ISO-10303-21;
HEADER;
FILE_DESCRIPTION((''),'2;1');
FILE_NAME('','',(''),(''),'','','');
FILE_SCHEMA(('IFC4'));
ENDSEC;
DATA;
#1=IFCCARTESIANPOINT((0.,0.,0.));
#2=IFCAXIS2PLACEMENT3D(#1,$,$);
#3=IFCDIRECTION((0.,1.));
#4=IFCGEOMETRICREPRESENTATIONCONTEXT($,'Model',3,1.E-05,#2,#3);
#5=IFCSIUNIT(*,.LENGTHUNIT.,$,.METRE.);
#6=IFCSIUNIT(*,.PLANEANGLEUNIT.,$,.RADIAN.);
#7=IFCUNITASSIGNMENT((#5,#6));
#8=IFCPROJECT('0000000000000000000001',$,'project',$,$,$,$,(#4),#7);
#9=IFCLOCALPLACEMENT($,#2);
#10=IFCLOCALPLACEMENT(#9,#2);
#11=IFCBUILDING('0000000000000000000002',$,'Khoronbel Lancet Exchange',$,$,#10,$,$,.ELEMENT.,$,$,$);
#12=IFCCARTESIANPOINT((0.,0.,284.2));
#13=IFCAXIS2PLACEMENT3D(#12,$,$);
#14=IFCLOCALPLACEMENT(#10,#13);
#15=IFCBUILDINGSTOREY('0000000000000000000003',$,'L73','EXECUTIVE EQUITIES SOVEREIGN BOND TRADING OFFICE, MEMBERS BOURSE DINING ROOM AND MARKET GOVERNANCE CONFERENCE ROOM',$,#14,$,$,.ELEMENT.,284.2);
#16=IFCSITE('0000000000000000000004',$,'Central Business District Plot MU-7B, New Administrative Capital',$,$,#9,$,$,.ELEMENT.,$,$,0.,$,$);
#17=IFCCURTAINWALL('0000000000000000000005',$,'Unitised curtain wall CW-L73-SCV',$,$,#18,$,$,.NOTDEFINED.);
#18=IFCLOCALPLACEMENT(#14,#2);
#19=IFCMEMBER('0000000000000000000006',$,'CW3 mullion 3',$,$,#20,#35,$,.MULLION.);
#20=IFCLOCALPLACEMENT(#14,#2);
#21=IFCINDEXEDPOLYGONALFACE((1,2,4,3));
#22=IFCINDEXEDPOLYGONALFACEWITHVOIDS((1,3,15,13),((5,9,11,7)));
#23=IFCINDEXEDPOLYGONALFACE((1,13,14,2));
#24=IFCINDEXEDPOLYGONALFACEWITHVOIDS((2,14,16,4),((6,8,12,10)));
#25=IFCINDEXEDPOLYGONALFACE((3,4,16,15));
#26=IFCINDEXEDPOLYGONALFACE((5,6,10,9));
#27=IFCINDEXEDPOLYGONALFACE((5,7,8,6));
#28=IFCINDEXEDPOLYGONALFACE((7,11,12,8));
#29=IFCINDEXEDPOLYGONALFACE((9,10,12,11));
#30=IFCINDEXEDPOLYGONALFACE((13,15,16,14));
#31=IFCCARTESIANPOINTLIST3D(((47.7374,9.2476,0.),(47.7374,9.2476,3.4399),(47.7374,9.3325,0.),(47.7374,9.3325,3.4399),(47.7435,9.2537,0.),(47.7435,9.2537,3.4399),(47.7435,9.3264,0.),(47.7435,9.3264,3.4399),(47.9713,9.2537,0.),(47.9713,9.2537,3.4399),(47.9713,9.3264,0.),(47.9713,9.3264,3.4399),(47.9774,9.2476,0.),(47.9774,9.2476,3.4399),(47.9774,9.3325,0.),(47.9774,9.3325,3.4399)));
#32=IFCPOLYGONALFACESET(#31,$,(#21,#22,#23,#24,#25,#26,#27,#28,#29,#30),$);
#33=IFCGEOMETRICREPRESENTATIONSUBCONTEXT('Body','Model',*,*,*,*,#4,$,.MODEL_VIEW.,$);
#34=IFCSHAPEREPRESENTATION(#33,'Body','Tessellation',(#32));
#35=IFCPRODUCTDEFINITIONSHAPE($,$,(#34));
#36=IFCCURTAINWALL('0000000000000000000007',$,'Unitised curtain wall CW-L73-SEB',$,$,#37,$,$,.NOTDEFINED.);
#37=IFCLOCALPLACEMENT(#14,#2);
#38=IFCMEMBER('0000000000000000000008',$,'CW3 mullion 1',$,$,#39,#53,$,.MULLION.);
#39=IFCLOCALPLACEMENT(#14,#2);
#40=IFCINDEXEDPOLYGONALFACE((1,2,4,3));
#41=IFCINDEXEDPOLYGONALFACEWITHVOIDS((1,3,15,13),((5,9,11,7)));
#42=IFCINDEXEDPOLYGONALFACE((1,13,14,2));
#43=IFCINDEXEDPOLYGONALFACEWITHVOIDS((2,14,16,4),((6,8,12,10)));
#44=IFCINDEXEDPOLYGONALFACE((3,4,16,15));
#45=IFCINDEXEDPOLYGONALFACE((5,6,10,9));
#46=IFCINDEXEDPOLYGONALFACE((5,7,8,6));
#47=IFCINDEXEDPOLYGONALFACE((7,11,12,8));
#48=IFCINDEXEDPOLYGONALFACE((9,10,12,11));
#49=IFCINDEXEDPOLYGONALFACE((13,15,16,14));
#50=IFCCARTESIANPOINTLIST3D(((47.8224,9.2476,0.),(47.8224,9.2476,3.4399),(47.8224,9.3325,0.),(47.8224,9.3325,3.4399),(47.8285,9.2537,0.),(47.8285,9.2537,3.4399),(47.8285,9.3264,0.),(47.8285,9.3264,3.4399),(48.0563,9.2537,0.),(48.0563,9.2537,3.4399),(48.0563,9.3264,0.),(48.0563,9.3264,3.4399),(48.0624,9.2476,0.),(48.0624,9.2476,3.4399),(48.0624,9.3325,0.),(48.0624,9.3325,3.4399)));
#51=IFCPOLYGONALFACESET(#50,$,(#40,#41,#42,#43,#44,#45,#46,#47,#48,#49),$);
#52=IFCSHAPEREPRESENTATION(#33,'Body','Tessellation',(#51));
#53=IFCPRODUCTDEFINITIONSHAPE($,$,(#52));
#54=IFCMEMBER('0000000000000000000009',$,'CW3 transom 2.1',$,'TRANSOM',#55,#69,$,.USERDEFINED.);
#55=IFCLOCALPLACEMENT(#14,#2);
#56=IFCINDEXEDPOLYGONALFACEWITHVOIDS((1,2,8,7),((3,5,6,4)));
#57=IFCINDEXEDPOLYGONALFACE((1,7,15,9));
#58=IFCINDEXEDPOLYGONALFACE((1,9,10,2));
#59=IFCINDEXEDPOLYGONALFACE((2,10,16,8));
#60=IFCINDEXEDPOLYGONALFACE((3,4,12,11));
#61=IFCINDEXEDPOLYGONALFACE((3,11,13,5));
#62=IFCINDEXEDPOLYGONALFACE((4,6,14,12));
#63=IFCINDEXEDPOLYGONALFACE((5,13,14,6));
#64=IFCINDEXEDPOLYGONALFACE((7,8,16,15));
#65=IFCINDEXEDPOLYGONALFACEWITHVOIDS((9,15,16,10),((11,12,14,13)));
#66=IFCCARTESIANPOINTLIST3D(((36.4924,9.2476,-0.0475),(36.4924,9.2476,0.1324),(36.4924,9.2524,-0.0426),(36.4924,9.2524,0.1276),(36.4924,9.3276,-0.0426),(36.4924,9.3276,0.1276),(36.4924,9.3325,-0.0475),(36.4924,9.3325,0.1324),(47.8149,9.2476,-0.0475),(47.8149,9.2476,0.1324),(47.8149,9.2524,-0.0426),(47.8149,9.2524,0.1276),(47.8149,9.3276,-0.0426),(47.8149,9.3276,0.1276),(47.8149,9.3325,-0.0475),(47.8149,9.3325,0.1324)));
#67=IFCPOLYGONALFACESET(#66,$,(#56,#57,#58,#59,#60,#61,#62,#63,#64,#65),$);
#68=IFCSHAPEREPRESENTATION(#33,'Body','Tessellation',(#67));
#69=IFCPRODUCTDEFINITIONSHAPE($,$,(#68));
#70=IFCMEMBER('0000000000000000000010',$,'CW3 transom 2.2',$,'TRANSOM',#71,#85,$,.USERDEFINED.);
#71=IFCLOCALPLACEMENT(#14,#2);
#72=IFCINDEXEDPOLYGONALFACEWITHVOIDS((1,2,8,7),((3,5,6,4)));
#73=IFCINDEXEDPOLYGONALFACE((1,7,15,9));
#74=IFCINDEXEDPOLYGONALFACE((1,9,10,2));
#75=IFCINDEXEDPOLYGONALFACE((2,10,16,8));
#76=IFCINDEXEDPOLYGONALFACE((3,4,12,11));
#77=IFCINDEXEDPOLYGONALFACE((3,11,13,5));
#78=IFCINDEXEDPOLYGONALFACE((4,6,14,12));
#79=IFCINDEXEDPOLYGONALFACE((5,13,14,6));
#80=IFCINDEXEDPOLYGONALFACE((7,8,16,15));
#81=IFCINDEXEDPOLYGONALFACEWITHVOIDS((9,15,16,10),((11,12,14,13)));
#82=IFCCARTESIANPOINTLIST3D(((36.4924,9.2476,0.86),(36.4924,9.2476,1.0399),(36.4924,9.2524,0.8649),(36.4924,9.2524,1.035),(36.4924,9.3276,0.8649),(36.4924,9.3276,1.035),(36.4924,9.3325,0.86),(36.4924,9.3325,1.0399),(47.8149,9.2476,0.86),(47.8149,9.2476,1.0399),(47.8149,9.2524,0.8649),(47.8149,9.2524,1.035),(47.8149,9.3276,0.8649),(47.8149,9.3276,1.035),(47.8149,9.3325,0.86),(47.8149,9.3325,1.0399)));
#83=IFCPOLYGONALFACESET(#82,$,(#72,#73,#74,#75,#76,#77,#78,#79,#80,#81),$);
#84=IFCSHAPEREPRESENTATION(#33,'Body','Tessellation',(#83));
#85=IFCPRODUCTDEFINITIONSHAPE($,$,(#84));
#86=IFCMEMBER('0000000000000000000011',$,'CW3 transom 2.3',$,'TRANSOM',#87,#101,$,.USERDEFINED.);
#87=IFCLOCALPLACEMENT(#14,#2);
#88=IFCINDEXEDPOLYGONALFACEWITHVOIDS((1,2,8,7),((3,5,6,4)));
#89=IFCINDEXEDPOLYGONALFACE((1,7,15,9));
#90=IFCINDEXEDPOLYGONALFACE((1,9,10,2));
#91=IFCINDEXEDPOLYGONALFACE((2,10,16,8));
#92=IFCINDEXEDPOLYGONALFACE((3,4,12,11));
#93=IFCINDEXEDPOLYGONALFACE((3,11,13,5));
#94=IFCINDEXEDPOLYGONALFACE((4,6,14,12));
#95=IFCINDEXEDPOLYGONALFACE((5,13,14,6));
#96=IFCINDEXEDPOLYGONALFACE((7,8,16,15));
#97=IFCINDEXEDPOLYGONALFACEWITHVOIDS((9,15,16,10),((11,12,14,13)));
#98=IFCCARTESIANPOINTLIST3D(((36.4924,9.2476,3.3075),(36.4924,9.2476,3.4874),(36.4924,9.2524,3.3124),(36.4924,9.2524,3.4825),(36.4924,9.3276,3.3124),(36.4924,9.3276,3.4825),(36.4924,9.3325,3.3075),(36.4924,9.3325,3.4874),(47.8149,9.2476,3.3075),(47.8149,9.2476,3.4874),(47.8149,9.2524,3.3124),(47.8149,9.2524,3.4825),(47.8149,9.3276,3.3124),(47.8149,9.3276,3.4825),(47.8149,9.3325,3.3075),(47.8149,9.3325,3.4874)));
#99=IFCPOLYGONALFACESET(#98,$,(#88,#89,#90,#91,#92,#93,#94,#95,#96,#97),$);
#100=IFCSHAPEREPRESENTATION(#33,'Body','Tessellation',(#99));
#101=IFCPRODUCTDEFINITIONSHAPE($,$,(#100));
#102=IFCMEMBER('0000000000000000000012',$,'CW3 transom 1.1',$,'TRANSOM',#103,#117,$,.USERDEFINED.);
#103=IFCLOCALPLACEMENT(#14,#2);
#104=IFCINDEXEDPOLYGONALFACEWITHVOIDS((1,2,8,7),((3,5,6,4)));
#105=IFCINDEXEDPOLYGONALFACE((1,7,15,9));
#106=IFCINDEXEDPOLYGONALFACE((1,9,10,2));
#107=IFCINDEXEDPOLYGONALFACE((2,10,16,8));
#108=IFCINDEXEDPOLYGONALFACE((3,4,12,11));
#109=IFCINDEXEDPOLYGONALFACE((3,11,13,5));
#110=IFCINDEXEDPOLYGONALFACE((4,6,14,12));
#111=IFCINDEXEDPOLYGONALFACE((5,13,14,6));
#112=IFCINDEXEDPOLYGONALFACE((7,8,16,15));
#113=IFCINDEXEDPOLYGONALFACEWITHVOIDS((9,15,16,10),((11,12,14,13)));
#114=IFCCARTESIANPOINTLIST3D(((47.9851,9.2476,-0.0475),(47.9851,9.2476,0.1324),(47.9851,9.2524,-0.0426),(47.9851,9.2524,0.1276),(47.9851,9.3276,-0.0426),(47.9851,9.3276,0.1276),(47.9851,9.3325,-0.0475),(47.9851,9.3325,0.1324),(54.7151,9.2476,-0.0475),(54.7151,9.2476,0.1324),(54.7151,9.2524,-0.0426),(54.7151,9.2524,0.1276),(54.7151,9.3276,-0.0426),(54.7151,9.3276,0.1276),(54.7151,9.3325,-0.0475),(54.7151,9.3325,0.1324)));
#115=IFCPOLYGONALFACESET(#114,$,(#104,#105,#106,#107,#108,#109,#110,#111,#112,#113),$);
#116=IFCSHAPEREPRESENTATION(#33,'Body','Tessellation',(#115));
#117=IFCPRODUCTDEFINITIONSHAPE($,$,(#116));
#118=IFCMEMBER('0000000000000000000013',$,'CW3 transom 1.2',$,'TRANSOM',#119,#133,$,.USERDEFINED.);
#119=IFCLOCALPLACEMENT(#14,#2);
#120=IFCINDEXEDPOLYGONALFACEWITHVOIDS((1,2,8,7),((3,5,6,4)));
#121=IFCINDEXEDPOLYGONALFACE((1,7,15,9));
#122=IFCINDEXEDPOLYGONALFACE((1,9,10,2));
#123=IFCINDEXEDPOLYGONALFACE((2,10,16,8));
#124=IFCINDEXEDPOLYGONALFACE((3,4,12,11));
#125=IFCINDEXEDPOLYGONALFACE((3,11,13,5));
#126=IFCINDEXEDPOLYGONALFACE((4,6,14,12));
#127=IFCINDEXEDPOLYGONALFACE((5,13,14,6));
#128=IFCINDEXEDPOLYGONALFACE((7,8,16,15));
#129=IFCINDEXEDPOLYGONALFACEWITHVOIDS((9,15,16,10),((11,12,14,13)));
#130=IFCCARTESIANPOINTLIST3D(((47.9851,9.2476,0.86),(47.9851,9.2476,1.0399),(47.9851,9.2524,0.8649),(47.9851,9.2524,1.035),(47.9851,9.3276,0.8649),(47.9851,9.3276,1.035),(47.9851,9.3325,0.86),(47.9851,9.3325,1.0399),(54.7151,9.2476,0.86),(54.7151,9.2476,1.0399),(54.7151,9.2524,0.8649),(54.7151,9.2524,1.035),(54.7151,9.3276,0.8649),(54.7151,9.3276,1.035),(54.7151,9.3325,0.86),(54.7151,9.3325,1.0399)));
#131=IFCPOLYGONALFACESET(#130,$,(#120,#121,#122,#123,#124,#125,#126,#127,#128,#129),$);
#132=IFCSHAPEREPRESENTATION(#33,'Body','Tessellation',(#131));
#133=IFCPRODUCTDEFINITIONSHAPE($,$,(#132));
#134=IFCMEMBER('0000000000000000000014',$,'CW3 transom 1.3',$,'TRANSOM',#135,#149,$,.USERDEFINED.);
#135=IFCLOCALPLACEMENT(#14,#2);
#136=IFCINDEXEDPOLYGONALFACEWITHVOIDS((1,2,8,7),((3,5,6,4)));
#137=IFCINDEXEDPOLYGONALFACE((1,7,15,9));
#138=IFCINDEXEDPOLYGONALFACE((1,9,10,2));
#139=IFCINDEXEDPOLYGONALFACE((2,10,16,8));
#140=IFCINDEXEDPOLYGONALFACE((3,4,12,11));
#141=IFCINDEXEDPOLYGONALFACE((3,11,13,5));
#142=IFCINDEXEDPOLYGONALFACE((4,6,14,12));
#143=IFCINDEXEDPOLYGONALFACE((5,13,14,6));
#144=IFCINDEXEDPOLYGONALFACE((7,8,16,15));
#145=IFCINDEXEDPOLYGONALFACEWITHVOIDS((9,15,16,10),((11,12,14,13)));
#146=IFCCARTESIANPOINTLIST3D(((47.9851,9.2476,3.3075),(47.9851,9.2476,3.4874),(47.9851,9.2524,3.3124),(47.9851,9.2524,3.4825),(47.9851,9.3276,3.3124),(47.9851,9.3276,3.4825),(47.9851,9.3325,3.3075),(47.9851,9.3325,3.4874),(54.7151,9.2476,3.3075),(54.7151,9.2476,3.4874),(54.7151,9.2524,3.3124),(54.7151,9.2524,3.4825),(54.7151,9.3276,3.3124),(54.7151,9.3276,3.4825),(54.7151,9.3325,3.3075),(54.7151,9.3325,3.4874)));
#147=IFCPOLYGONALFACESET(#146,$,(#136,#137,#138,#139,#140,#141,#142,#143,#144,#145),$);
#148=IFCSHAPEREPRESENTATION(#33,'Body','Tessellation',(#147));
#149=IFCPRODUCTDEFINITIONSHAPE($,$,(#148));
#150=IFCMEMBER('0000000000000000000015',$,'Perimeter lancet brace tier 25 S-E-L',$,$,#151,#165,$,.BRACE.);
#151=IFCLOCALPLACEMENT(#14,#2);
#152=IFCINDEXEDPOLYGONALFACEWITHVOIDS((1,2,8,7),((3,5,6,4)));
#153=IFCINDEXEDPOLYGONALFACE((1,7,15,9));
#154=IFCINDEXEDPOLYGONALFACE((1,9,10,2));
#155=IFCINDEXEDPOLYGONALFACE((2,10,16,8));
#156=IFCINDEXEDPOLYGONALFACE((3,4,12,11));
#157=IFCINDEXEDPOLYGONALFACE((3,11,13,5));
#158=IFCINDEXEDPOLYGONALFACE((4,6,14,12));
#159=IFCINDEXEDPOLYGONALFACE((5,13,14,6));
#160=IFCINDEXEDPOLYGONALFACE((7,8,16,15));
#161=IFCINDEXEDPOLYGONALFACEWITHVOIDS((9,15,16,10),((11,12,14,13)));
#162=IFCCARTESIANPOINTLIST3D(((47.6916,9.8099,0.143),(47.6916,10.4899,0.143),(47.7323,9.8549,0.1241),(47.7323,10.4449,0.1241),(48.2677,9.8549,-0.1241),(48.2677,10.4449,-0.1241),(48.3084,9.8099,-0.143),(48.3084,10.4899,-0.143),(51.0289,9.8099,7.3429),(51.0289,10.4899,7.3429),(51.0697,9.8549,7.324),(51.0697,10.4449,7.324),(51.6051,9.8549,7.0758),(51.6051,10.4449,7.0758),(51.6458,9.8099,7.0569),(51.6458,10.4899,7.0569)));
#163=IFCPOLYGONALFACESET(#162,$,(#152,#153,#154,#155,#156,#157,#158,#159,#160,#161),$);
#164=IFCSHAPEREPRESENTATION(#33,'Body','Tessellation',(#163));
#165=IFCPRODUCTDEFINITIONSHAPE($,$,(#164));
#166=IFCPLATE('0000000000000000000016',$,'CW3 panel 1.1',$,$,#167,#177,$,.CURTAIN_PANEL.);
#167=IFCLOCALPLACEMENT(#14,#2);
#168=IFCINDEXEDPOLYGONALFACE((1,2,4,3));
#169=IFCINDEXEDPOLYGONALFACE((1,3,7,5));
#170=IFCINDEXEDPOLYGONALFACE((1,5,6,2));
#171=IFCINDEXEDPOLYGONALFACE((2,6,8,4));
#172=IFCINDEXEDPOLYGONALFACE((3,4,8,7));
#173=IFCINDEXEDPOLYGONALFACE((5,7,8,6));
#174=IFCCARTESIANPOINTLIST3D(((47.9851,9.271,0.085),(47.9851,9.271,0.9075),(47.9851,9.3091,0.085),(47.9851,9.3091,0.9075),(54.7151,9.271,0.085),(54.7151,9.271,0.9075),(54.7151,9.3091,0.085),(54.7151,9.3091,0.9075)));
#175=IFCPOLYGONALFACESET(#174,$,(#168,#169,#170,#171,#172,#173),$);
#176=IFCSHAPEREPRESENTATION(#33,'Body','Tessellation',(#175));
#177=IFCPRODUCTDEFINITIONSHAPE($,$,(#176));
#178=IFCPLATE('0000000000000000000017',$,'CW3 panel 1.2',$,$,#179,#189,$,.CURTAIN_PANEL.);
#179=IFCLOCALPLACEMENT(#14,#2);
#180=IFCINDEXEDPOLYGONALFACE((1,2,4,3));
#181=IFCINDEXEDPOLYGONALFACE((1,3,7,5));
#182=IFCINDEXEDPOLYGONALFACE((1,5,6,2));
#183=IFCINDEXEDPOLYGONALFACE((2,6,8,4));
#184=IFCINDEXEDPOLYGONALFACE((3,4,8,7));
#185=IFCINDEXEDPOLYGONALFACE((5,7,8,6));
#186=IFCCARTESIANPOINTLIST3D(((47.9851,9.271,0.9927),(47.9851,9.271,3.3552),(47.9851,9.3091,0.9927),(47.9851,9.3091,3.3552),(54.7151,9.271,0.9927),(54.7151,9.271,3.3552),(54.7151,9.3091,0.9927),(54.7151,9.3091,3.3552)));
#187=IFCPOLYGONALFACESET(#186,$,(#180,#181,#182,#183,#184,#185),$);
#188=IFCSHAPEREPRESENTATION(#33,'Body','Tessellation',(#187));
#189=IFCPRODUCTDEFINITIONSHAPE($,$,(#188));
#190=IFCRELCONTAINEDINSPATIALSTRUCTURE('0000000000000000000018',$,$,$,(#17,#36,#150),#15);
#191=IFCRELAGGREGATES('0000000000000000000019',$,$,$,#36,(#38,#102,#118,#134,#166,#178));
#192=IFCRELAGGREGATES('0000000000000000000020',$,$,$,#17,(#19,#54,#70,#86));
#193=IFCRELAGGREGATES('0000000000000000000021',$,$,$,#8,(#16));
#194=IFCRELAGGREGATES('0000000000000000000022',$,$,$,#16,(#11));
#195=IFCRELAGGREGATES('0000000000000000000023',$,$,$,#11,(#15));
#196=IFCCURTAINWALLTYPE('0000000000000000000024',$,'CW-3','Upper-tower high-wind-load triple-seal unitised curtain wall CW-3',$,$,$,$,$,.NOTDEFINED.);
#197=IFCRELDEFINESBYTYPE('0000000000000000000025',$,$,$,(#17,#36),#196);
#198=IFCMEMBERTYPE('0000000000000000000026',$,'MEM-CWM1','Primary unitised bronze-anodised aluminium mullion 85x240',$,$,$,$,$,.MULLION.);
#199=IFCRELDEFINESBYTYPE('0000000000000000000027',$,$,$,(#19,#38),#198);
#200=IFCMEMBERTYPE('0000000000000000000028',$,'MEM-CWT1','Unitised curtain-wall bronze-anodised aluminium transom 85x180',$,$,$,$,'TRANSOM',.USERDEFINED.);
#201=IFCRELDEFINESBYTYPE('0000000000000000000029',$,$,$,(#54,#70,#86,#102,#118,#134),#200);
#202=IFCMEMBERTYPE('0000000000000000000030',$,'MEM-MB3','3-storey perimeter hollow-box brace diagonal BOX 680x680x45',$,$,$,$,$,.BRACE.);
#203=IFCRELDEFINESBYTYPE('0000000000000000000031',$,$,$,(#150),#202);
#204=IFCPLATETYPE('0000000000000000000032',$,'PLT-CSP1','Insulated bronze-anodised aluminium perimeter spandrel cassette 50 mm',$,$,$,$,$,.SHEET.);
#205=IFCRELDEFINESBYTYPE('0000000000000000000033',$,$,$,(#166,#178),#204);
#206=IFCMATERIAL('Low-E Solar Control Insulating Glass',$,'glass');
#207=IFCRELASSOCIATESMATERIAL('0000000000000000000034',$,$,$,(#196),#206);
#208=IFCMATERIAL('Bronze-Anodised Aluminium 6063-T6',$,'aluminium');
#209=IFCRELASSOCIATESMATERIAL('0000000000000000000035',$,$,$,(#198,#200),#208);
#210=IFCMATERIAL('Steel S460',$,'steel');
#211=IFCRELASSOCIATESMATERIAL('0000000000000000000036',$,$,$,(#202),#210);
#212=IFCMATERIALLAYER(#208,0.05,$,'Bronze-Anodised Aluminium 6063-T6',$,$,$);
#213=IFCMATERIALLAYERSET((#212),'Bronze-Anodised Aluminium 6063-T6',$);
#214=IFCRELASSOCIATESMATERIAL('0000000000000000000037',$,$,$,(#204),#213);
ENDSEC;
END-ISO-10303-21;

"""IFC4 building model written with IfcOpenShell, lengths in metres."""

from ifc_helpers import new_model, si_unit, direction, frame, origin, origin_2d, place, context, subcontext, project, spatial, rectangle, hollow_rectangle, extrude, material, layer, layer_set, material_profile, profile_set, type_object, element, aggregate, save


model = new_model("IFC4")

# Units and contexts
model_context = context("Model", 3, precision=1e-05, world=origin(), true_north=direction((0.0, 1.0)))
body_context = subcontext(model_context, "Body", "Model", "MODEL_VIEW")
ifc_project = project(units=[si_unit("LENGTHUNIT", "METRE"), si_unit("PLANEANGLEUNIT", "RADIAN")], contexts=[model_context])

# Site, building, storey
site_placement = place(None, origin())
site = spatial("IfcSite", under=ifc_project, at=site_placement, Name="Central Business District Plot MU-7B, New Administrative Capital", CompositionType="ELEMENT", RefElevation=0.0)
building_placement = place(site_placement, origin())
building = spatial("IfcBuilding", under=site, at=building_placement, Name="Khoronbel Lancet Exchange", CompositionType="ELEMENT")
storey_placement = place(building_placement, frame((0.0, 0.0, 284.2)))
storey = spatial("IfcBuildingStorey", under=building, at=storey_placement, Name="L73", Description="EXECUTIVE EQUITIES SOVEREIGN BOND TRADING OFFICE, MEMBERS BOURSE DINING ROOM AND MARKET GOVERNANCE CONFERENCE ROOM", CompositionType="ELEMENT", Elevation=284.2)

# Shared definitions
ifc_material_1 = material(Name="Steel S460", Category="steel")

# Curtain wall, member
ifc_material_2 = material(Name="Low-E Solar Control Insulating Glass", Category="glass")
curtain_wall_type = type_object("IfcCurtainWallType", Name="CW-3", Description="Upper-tower high-wind-load triple-seal unitised curtain wall CW-3", PredefinedType="NOTDEFINED", material=ifc_material_2)
curtain_wall_1_placement = place(storey_placement, origin())
curtain_wall_1 = element("IfcCurtainWall", 1, at=curtain_wall_1_placement, inside=storey, type_object=curtain_wall_type, Name="Unitised curtain wall CW-L73-SCV", PredefinedType="NOTDEFINED")
ifc_material_3 = material(Name="Bronze-Anodised Aluminium 6063-T6", Category="aluminium")
ifc_material_profile_1 = material_profile(ifc_material_3, hollow_rectangle(XDim=0.085, YDim=0.24, WallThickness=0.0061, at=origin_2d()), Name="ALU MULLION 85x240")
ifc_profile_set_1 = profile_set([ifc_material_profile_1], Name="Bronze-Anodised Aluminium 6063-T6")
member_type_1 = type_object("IfcMemberType", Name="MEM-CWM1", Description="Primary unitised bronze-anodised aluminium mullion 85x240", PredefinedType="MULLION", material=ifc_profile_set_1)
member_1_placement = place(storey_placement, frame((47.8574, 9.29, 0.0), z_axis=(0.0, 0.0, 1.0), x_axis=(0.0, 1.0, 0.0)))
member_1 = element("IfcMember", 2, at=member_1_placement, type_object=member_type_1, Name="CW3 mullion 3", PredefinedType="MULLION", context=body_context, shape_type="SweptSolid", body=[
    extrude(hollow_rectangle(XDim=0.085, YDim=0.24, WallThickness=0.0061, at=origin_2d()), origin(), (0.0, 0.0, 1.0), 3.4399),
])

# Curtain wall, member
curtain_wall_2_placement = place(storey_placement, origin())
curtain_wall_2 = element("IfcCurtainWall", 3, at=curtain_wall_2_placement, inside=storey, type_object=curtain_wall_type, Name="Unitised curtain wall CW-L73-SEB", PredefinedType="NOTDEFINED")
member_2_placement = place(storey_placement, frame((47.9424, 9.29, 0.0), z_axis=(0.0, 0.0, 1.0), x_axis=(0.0, 1.0, 0.0)))
member_2 = element("IfcMember", 4, at=member_2_placement, type_object=member_type_1, Name="CW3 mullion 1", PredefinedType="MULLION", context=body_context, shape_type="SweptSolid", body=[
    extrude(hollow_rectangle(XDim=0.085, YDim=0.24, WallThickness=0.0061, at=origin_2d()), origin(), (0.0, 0.0, 1.0), 3.4399),
])

# Members
ifc_material_profile_2 = material_profile(ifc_material_3, hollow_rectangle(XDim=0.085, YDim=0.1799, WallThickness=0.0049, at=origin_2d()), Name="ALU TRANSOM 85x180")
ifc_profile_set_2 = profile_set([ifc_material_profile_2], Name="Bronze-Anodised Aluminium 6063-T6")
member_type_2 = type_object("IfcMemberType", Name="MEM-CWT1", Description="Unitised curtain-wall bronze-anodised aluminium transom 85x180", ElementType="TRANSOM", PredefinedType="USERDEFINED", material=ifc_profile_set_2)
member_3_placement = place(storey_placement, frame((36.4924, 9.29, 0.0425), z_axis=(1.0, 0.0, 0.0), x_axis=(0.0, 1.0, 0.0)))
member_3 = element("IfcMember", 5, at=member_3_placement, type_object=member_type_2, Name="CW3 transom 2.1", ObjectType="TRANSOM", PredefinedType="USERDEFINED", context=body_context, shape_type="SweptSolid", body=[
    extrude(hollow_rectangle(XDim=0.085, YDim=0.1799, WallThickness=0.0049, at=origin_2d()), origin(), (0.0, 0.0, 1.0), 11.3225),
])
member_4_placement = place(storey_placement, frame((36.4924, 9.29, 0.95), z_axis=(1.0, 0.0, 0.0), x_axis=(0.0, 1.0, 0.0)))
member_4 = element("IfcMember", 6, at=member_4_placement, type_object=member_type_2, Name="CW3 transom 2.2", ObjectType="TRANSOM", PredefinedType="USERDEFINED", context=body_context, shape_type="SweptSolid", body=[
    extrude(hollow_rectangle(XDim=0.085, YDim=0.1799, WallThickness=0.0049, at=origin_2d()), origin(), (0.0, 0.0, 1.0), 11.3225),
])
member_5_placement = place(storey_placement, frame((36.4924, 9.29, 3.3975), z_axis=(1.0, 0.0, 0.0), x_axis=(0.0, 1.0, 0.0)))
member_5 = element("IfcMember", 7, at=member_5_placement, type_object=member_type_2, Name="CW3 transom 2.3", ObjectType="TRANSOM", PredefinedType="USERDEFINED", context=body_context, shape_type="SweptSolid", body=[
    extrude(hollow_rectangle(XDim=0.085, YDim=0.1799, WallThickness=0.0049, at=origin_2d()), origin(), (0.0, 0.0, 1.0), 11.3225),
])
member_6_placement = place(storey_placement, frame((47.9851, 9.29, 0.0425), z_axis=(1.0, 0.0, 0.0), x_axis=(0.0, 1.0, 0.0)))
member_6 = element("IfcMember", 8, at=member_6_placement, type_object=member_type_2, Name="CW3 transom 1.1", ObjectType="TRANSOM", PredefinedType="USERDEFINED", context=body_context, shape_type="SweptSolid", body=[
    extrude(hollow_rectangle(XDim=0.085, YDim=0.1799, WallThickness=0.0049, at=origin_2d()), origin(), (0.0, 0.0, 1.0), 6.73),
])
member_7_placement = place(storey_placement, frame((47.9851, 9.29, 0.95), z_axis=(1.0, 0.0, 0.0), x_axis=(0.0, 1.0, 0.0)))
member_7 = element("IfcMember", 9, at=member_7_placement, type_object=member_type_2, Name="CW3 transom 1.2", ObjectType="TRANSOM", PredefinedType="USERDEFINED", context=body_context, shape_type="SweptSolid", body=[
    extrude(hollow_rectangle(XDim=0.085, YDim=0.1799, WallThickness=0.0049, at=origin_2d()), origin(), (0.0, 0.0, 1.0), 6.73),
])
member_8_placement = place(storey_placement, frame((47.9851, 9.29, 3.3975), z_axis=(1.0, 0.0, 0.0), x_axis=(0.0, 1.0, 0.0)))
member_8 = element("IfcMember", 10, at=member_8_placement, type_object=member_type_2, Name="CW3 transom 1.3", ObjectType="TRANSOM", PredefinedType="USERDEFINED", context=body_context, shape_type="SweptSolid", body=[
    extrude(hollow_rectangle(XDim=0.085, YDim=0.1799, WallThickness=0.0049, at=origin_2d()), origin(), (0.0, 0.0, 1.0), 6.73),
])
ifc_material_profile_3 = material_profile(ifc_material_1, hollow_rectangle(XDim=0.6799, YDim=0.6799, WallThickness=0.0449, at=origin_2d()), Name="BOX 680x680x45")
ifc_profile_set_3 = profile_set([ifc_material_profile_3], Name="Steel S460")
member_type_3 = type_object("IfcMemberType", Name="MEM-MB3", Description="3-storey perimeter hollow-box brace diagonal BOX 680x680x45", PredefinedType="BRACE", material=ifc_profile_set_3)
member_9_placement = place(storey_placement, frame((48.0, 10.1499, 0.0), z_axis=(0.420548, 0.0, 0.90727), x_axis=(0.0, 1.0, 0.0)))
element("IfcMember", 11, at=member_9_placement, inside=storey, type_object=member_type_3, Name="Perimeter lancet brace tier 25 S-E-L", PredefinedType="BRACE", context=body_context, shape_type="SweptSolid", body=[
    extrude(hollow_rectangle(XDim=0.6799, YDim=0.6799, WallThickness=0.0449, at=origin_2d()), origin(), (0.0, 0.0, 1.0), 7.9358),
])

# Plates
ifc_layer_1 = layer(ifc_material_3, 0.05, Name="Bronze-Anodised Aluminium 6063-T6")
ifc_layer_set_1 = layer_set([ifc_layer_1], Name="Bronze-Anodised Aluminium 6063-T6")
plate_type_1 = type_object("IfcPlateType", Name="PLT-CSP1", Description="Insulated bronze-anodised aluminium perimeter spandrel cassette 50 mm", PredefinedType="SHEET", material=ifc_layer_set_1)
plate_1_placement = place(storey_placement, frame((51.3501, 9.29, 0.085), z_axis=(0.0, 0.0, 1.0), x_axis=(1.0, 0.0, 0.0)))
plate_1 = element("IfcPlate", 12, at=plate_1_placement, type_object=plate_type_1, Name="CW3 panel 1.1", PredefinedType="CURTAIN_PANEL", context=body_context, shape_type="SweptSolid", body=[
    extrude(rectangle(XDim=6.73, YDim=0.0381, at=origin_2d()), origin(), (0.0, 0.0, 1.0), 0.8225),
])
plate_2_placement = place(storey_placement, frame((51.3501, 9.29, 0.9927), z_axis=(0.0, 0.0, 1.0), x_axis=(1.0, 0.0, 0.0)))
plate_2 = element("IfcPlate", 13, at=plate_2_placement, type_object=plate_type_1, Name="CW3 panel 1.2", PredefinedType="CURTAIN_PANEL", context=body_context, shape_type="SweptSolid", body=[
    extrude(rectangle(XDim=6.73, YDim=0.0381, at=origin_2d()), origin(), (0.0, 0.0, 1.0), 2.3625),
])
aggregate(curtain_wall_2, [member_2, member_6, member_7, member_8, plate_1, plate_2])
aggregate(curtain_wall_1, [member_1, member_3, member_4, member_5])

save(model, "model.ifc")
